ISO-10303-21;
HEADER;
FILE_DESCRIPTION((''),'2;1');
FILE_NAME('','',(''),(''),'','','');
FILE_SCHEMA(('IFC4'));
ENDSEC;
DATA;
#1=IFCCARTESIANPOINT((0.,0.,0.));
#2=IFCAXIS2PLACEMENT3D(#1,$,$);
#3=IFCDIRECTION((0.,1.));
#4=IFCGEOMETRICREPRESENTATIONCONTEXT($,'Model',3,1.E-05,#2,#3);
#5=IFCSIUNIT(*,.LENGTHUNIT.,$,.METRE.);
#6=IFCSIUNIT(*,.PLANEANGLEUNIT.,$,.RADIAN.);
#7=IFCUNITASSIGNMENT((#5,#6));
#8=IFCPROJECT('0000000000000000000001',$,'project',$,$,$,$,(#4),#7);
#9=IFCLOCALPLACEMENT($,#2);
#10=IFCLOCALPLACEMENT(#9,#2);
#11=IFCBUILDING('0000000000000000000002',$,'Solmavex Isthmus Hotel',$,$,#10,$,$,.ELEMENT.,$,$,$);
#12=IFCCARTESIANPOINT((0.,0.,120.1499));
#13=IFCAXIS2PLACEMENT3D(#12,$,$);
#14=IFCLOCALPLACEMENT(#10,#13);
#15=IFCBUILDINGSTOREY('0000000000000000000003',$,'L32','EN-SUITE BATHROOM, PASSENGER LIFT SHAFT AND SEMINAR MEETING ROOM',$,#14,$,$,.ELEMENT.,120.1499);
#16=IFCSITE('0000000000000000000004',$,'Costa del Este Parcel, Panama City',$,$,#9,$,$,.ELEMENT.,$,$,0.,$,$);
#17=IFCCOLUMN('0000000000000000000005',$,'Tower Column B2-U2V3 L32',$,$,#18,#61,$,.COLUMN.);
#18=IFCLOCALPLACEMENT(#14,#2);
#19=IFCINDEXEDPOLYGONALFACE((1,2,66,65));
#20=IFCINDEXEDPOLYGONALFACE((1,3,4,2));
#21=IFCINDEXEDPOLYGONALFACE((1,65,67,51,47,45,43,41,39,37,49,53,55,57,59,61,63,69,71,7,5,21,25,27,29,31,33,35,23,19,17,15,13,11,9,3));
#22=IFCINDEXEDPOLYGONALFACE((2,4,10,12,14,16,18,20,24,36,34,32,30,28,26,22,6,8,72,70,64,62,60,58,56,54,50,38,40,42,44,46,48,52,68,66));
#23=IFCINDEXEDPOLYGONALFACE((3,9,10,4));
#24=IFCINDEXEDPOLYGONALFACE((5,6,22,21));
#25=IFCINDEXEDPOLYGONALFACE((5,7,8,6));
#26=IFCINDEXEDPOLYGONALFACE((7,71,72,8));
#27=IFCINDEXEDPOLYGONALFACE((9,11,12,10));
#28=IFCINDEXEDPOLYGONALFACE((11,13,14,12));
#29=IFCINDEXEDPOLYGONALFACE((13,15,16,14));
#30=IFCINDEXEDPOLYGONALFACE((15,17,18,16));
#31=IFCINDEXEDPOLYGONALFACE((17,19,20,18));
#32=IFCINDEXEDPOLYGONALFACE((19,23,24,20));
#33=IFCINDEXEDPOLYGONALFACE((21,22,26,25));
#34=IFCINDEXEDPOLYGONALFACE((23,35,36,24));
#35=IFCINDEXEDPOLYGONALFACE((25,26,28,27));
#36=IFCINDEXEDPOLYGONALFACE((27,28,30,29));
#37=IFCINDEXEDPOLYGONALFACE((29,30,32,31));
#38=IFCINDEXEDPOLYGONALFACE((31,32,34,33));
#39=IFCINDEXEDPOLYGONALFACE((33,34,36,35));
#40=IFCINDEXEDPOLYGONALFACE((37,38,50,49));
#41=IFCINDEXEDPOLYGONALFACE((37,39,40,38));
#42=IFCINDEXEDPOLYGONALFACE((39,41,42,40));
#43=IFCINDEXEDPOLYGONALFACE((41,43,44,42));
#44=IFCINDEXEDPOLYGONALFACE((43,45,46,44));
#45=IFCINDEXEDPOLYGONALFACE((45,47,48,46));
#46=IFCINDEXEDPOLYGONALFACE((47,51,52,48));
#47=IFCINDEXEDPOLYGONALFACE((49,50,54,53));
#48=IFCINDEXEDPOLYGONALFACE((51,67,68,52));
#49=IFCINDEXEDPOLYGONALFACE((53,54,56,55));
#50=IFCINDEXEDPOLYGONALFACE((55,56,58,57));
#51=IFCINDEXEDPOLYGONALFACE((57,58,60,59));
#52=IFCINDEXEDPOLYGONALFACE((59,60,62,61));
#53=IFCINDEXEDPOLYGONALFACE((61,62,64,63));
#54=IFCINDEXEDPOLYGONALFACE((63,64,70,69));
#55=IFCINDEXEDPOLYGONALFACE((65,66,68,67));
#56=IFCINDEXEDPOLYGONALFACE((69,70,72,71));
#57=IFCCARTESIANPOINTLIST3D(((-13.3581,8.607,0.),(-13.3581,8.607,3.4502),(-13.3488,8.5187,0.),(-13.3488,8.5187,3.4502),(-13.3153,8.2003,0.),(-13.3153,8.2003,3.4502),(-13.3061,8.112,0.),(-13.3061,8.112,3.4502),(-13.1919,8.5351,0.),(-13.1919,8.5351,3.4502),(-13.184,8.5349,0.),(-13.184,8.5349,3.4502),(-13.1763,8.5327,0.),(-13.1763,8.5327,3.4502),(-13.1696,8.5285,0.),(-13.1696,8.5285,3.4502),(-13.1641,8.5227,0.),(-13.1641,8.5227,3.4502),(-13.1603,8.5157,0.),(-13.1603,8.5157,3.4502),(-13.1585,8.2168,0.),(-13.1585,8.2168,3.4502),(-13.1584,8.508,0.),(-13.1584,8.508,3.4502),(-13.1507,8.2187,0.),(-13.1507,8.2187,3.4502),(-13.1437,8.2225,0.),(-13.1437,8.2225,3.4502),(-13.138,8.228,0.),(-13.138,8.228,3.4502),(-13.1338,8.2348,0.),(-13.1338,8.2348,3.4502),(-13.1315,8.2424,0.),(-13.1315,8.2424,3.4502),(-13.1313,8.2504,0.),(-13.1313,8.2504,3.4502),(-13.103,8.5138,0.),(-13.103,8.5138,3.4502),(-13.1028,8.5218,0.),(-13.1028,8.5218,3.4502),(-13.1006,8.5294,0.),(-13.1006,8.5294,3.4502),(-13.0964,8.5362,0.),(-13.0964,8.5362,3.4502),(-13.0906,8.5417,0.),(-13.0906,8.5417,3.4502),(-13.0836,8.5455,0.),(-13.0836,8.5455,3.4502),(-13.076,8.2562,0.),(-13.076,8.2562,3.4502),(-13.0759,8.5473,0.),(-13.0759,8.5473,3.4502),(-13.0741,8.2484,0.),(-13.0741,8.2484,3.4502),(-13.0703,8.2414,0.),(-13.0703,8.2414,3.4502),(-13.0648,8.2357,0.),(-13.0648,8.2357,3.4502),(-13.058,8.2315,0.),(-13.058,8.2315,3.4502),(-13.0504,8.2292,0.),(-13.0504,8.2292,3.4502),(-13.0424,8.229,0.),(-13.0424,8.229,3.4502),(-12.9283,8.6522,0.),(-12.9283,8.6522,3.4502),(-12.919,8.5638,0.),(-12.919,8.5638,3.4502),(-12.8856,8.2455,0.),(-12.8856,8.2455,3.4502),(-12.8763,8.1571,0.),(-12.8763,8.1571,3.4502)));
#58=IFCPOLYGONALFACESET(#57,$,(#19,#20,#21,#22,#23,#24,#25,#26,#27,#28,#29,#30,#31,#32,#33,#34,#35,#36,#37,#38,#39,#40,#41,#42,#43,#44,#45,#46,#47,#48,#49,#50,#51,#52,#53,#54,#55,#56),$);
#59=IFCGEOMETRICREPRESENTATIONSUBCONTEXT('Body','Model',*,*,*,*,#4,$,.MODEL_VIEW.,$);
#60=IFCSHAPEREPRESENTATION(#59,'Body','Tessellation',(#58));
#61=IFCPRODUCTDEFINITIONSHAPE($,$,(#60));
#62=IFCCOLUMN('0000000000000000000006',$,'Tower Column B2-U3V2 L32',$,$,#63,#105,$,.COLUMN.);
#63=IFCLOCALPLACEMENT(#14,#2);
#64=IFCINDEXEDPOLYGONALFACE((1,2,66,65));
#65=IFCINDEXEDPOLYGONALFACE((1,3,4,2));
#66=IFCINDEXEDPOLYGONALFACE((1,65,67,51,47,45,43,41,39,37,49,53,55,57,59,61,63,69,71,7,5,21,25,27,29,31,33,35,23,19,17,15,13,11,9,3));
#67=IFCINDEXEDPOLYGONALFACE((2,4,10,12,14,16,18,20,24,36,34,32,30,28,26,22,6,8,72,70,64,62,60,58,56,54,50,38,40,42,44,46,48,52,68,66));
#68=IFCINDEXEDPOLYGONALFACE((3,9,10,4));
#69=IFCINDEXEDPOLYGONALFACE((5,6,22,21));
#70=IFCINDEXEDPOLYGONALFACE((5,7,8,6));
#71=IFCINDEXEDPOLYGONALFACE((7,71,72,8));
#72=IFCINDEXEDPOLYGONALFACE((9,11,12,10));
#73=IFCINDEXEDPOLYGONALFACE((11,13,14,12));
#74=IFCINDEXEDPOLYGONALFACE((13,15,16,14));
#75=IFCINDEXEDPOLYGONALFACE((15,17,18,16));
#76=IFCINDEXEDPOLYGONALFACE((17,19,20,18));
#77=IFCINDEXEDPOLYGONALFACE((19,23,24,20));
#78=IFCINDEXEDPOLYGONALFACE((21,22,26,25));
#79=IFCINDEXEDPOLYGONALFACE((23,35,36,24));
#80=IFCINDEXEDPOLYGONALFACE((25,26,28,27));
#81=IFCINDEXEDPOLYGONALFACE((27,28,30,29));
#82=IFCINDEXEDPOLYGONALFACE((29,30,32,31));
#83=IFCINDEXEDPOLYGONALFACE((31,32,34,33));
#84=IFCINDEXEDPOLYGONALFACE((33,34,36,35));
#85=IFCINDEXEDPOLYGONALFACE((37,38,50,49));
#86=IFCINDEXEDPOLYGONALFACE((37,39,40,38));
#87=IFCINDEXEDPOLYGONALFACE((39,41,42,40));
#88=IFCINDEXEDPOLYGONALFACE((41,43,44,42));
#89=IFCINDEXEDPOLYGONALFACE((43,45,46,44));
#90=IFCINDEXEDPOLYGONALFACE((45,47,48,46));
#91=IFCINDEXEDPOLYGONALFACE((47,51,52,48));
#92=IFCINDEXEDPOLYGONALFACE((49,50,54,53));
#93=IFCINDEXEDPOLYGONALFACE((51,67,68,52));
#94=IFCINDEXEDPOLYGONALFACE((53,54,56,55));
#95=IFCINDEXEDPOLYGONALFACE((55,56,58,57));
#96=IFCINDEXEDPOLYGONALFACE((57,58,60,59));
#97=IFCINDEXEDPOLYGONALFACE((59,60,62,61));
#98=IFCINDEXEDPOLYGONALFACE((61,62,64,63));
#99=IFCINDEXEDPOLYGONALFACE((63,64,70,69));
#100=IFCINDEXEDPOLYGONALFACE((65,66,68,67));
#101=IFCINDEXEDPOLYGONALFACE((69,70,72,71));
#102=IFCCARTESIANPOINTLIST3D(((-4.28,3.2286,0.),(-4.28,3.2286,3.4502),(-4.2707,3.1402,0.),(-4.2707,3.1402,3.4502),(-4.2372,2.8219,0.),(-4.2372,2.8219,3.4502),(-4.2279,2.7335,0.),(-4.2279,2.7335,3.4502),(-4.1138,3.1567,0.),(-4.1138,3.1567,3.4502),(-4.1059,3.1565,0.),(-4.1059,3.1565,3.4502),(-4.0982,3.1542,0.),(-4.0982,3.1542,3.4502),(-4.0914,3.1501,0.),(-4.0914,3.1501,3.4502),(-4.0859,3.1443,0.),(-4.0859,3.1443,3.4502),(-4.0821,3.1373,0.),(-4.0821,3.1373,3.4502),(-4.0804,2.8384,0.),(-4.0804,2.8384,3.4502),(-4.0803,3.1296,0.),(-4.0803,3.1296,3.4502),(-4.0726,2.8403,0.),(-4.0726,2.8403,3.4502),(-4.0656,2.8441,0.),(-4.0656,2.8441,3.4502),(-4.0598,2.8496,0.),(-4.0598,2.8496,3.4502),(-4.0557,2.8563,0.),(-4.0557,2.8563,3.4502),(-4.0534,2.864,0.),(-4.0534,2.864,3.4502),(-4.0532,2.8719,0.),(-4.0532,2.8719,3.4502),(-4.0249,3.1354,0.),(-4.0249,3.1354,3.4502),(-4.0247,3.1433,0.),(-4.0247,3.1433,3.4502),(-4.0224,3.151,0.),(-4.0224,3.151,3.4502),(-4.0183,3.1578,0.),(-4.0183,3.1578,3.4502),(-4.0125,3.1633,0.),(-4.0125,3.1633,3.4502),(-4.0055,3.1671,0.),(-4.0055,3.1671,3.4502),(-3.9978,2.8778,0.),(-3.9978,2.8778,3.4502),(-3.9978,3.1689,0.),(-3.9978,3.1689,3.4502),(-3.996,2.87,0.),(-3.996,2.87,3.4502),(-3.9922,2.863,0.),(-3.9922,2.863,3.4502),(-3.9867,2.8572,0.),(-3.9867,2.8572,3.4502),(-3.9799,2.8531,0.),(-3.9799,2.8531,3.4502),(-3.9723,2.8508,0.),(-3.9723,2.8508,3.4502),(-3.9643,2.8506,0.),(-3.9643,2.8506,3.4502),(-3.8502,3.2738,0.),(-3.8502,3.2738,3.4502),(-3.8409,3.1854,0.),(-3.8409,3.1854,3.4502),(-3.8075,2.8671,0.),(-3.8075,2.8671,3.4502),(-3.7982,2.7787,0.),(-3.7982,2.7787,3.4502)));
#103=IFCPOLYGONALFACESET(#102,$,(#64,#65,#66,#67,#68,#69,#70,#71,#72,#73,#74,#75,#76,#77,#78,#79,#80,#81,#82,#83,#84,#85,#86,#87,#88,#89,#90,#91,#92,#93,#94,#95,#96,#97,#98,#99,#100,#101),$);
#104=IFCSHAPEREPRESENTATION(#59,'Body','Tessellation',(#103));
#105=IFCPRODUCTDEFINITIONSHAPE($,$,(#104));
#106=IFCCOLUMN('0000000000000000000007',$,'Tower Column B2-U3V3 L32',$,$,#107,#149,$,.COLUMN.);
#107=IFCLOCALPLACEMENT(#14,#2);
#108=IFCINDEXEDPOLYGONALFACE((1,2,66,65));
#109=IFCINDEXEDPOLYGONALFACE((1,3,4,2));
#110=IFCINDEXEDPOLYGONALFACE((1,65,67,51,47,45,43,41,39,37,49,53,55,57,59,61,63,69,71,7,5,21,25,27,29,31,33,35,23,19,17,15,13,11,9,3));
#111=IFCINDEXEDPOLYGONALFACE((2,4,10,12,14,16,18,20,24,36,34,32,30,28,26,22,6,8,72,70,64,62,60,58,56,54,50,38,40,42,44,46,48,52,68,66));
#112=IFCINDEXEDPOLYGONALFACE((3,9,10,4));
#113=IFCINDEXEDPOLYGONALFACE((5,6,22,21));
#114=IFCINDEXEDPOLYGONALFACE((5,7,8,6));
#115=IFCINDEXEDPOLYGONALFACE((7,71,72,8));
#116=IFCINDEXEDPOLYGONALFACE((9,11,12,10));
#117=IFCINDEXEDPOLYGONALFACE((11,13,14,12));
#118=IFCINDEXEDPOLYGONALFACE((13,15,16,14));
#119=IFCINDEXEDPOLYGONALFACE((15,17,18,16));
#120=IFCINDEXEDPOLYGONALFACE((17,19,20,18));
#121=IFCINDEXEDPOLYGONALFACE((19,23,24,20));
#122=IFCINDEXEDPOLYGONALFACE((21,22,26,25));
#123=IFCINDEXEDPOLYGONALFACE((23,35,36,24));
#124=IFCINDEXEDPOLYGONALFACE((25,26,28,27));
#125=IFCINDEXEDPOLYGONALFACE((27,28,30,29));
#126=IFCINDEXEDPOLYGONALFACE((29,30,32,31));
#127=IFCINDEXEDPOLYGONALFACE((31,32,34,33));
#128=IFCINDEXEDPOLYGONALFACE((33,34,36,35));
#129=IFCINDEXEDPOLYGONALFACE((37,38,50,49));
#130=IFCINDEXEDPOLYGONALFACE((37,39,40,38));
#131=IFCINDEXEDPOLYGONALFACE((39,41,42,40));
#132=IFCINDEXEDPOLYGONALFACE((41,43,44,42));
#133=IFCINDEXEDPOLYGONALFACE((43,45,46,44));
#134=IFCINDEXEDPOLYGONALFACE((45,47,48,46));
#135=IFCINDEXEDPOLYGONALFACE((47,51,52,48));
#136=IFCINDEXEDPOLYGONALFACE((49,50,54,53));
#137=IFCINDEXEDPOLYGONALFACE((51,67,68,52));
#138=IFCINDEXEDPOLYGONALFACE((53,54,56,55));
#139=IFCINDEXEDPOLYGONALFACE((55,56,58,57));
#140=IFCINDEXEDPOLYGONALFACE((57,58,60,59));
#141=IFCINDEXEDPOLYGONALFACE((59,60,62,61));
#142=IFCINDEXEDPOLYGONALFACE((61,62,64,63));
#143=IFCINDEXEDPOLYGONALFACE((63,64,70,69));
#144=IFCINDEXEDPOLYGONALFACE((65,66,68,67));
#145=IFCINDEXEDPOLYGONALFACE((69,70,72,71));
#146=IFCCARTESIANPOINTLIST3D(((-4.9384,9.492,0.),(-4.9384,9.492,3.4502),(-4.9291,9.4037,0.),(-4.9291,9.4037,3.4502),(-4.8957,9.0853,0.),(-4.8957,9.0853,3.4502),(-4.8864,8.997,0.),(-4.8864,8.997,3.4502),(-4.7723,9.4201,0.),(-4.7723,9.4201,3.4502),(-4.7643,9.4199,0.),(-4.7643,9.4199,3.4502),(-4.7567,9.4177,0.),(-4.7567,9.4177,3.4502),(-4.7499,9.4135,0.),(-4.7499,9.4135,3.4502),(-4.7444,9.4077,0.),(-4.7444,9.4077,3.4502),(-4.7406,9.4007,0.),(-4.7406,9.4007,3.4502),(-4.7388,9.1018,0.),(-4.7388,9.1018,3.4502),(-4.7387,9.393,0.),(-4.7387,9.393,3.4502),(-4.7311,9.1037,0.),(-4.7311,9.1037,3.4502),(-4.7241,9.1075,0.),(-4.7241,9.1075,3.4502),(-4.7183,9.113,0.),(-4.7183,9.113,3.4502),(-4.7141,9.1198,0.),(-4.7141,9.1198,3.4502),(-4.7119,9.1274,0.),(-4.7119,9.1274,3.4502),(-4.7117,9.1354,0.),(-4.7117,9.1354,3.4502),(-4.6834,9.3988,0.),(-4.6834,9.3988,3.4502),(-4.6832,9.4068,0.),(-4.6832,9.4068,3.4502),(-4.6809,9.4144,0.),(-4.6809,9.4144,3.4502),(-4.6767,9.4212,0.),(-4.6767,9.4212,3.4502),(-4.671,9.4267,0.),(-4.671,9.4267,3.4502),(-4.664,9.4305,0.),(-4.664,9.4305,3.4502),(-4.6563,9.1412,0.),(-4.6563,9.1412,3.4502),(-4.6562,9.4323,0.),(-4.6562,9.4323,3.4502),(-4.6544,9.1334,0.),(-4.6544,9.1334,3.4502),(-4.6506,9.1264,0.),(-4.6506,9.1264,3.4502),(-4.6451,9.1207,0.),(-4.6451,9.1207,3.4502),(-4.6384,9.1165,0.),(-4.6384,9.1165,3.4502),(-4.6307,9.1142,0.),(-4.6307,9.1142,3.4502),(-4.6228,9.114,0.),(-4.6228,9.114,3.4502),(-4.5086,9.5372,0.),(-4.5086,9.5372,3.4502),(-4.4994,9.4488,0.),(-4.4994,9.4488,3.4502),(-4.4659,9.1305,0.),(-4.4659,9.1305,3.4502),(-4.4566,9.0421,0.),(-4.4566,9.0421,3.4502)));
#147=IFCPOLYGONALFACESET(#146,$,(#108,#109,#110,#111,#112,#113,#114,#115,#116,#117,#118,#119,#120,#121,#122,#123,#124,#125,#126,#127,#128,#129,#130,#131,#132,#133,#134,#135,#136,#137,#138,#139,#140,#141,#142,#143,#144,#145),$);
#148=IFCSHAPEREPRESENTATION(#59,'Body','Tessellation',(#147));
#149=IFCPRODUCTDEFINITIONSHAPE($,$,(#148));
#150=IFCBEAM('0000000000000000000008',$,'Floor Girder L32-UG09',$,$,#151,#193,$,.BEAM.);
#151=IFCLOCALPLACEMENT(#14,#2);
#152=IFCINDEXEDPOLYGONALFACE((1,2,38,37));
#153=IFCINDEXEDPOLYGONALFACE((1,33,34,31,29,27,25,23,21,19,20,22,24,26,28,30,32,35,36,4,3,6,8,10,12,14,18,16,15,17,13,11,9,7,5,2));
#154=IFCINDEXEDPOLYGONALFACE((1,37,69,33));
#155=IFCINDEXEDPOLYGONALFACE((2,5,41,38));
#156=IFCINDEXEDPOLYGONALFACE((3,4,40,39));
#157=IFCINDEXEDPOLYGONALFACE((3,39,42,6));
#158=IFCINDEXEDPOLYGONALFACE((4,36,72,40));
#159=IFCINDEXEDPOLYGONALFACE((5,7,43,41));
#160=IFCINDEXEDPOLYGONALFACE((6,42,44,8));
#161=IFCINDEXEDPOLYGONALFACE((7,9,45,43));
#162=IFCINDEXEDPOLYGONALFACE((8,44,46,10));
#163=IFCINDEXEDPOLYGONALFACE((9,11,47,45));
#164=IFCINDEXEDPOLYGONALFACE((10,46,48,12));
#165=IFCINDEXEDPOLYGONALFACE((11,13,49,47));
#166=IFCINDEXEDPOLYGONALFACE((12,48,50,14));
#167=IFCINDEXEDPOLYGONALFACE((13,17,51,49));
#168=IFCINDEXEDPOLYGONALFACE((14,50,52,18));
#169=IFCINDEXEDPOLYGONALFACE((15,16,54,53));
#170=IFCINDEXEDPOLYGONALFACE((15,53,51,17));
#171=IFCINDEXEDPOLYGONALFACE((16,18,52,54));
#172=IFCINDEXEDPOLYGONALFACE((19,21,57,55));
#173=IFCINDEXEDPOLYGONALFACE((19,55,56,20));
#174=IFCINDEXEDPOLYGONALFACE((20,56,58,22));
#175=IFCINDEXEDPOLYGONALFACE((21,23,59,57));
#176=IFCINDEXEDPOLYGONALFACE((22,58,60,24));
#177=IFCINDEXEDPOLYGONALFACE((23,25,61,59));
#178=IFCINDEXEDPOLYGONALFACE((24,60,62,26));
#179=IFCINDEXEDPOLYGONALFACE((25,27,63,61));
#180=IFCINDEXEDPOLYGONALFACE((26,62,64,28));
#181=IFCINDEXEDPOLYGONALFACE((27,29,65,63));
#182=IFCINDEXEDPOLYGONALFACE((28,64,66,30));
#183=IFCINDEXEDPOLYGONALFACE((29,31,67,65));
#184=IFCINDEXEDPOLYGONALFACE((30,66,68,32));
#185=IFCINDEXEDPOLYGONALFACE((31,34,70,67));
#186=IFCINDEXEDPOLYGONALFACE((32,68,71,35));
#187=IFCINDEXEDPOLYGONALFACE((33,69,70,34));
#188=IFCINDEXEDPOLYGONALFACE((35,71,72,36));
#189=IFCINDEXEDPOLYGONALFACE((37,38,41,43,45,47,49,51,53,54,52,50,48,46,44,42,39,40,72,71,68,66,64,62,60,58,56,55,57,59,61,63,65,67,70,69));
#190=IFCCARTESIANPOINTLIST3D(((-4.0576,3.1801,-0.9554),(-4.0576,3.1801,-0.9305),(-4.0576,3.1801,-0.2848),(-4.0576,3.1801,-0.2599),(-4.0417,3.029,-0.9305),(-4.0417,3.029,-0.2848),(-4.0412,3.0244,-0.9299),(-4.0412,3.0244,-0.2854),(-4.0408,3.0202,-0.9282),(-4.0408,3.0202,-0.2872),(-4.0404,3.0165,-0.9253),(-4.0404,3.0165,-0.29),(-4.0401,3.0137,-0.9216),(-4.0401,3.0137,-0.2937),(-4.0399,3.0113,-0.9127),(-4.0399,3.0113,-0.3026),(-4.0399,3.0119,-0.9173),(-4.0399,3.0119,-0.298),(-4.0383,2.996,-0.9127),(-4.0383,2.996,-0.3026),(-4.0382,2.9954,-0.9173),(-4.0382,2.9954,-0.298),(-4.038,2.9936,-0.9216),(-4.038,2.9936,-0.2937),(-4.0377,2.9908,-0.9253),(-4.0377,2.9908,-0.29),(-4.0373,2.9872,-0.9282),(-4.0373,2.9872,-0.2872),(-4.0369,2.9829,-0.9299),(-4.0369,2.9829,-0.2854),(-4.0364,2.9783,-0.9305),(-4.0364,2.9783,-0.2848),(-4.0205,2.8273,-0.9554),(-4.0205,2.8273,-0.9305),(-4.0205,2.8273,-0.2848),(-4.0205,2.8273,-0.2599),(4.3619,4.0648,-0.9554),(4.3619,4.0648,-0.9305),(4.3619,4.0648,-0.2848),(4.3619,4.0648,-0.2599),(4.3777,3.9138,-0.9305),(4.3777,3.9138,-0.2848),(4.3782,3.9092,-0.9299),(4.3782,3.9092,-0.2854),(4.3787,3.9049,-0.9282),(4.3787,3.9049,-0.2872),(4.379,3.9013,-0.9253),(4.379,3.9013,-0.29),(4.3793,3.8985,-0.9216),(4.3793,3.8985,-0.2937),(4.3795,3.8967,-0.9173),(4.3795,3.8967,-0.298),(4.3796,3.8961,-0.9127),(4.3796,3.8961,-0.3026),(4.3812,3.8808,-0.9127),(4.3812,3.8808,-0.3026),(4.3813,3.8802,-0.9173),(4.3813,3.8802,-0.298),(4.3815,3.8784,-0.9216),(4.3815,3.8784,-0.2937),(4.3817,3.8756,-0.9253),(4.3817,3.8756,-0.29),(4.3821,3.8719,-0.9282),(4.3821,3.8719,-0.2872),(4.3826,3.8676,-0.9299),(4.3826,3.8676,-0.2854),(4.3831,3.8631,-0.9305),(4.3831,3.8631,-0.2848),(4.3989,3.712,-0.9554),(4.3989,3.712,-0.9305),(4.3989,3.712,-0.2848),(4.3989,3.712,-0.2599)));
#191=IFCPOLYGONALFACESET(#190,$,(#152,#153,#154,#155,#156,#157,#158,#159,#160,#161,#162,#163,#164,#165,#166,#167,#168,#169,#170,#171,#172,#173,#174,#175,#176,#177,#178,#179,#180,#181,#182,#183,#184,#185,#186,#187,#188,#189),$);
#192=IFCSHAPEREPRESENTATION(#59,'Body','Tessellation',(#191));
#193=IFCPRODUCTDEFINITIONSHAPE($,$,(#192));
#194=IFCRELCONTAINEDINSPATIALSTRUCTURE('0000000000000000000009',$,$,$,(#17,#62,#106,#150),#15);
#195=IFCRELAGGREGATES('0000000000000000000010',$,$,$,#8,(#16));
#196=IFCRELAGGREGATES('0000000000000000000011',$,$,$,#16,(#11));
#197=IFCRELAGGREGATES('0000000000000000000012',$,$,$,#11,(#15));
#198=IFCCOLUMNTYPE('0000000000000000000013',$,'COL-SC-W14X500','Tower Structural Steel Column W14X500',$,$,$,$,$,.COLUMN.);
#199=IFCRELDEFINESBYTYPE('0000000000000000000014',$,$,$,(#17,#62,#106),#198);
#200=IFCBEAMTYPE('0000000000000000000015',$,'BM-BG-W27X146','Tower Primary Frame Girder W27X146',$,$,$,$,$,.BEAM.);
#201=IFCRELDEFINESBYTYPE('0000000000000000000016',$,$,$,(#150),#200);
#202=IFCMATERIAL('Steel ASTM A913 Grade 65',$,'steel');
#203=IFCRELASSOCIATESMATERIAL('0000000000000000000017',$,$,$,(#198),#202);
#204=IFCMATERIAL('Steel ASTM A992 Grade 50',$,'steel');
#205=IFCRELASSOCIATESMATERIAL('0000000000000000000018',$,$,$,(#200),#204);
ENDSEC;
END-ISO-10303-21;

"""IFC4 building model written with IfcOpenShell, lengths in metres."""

from ifc_helpers import new_model, si_unit, direction, frame, origin, origin_2d, place, context, subcontext, project, spatial, i_section, extrude, material, material_profile, profile_set, type_object, element, save


model = new_model("IFC4")

# Units and contexts
model_context = context("Model", 3, precision=1e-05, world=origin(), true_north=direction((0.0, 1.0)))
body_context = subcontext(model_context, "Body", "Model", "MODEL_VIEW")
ifc_project = project(units=[si_unit("LENGTHUNIT", "METRE"), si_unit("PLANEANGLEUNIT", "RADIAN")], contexts=[model_context])

# Site, building, storey
site_placement = place(None, origin())
site = spatial("IfcSite", under=ifc_project, at=site_placement, Name="Costa del Este Parcel, Panama City", CompositionType="ELEMENT", RefElevation=0.0)
building_placement = place(site_placement, origin())
building = spatial("IfcBuilding", under=site, at=building_placement, Name="Solmavex Isthmus Hotel", CompositionType="ELEMENT")
storey_placement = place(building_placement, frame((0.0, 0.0, 120.1499)))
storey = spatial("IfcBuildingStorey", under=building, at=storey_placement, Name="L32", Description="EN-SUITE BATHROOM, PASSENGER LIFT SHAFT AND SEMINAR MEETING ROOM", CompositionType="ELEMENT", Elevation=120.1499)

# Columns
ifc_material_1 = material(Name="Steel ASTM A913 Grade 65", Category="steel")
ifc_material_profile_1 = material_profile(ifc_material_1, i_section(OverallWidth=0.4321, OverallDepth=0.4978, WebThickness=0.0557, FlangeThickness=0.0889, FilletRadius=0.0305, at=origin_2d()), Name="W14X500")
ifc_profile_set_1 = profile_set([ifc_material_profile_1], Name="Steel ASTM A913 Grade 65")
column_type = type_object("IfcColumnType", Name="COL-SC-W14X500", Description="Tower Structural Steel Column W14X500", PredefinedType="COLUMN", material=ifc_profile_set_1)
for number, where, z_axis, x_axis, name in (
    (1, (-13.1172, 8.3821, 0.0), (0.0, 0.0, 1.0), (0.994522, 0.104528, 0.0), "Tower Column B2-U2V3 L32"),
    (2, (-4.0391, 3.0037, 0.0), (0.0, 0.0, 1.0), (0.994522, 0.104528, 0.0), "Tower Column B2-U3V2 L32"),
    (3, (-4.6975, 9.2671, 0.0), (0.0, 0.0, 1.0), (0.994522, 0.104528, 0.0), "Tower Column B2-U3V3 L32"),
):
    element("IfcColumn", number, at=place(storey_placement, frame(where, z_axis=z_axis, x_axis=x_axis)), inside=storey, type_object=column_type, Name=name, PredefinedType="COLUMN", context=body_context, shape_type="SweptSolid", body=[
        extrude(i_section(OverallWidth=0.4321, OverallDepth=0.4978, WebThickness=0.0557, FlangeThickness=0.0889, FilletRadius=0.0305, at=origin_2d()), origin(), (0.0, 0.0, 1.0), 3.4502),
    ])

# Beam
ifc_material_2 = material(Name="Steel ASTM A992 Grade 50", Category="steel")
ifc_material_profile_2 = material_profile(ifc_material_2, i_section(OverallWidth=0.3547, OverallDepth=0.6956, WebThickness=0.0154, FlangeThickness=0.0249, FilletRadius=0.0178, at=origin_2d()), Name="W27X146")
ifc_profile_set_2 = profile_set([ifc_material_profile_2], Name="Steel ASTM A992 Grade 50")
beam_type_1 = type_object("IfcBeamType", Name="BM-BG-W27X146", Description="Tower Primary Frame Girder W27X146", PredefinedType="BEAM", material=ifc_profile_set_2)
beam_1_placement = place(storey_placement, frame((-4.0391, 3.0037, -0.6077), z_axis=(0.994524, 0.104511, 0.0), x_axis=(-0.104511, 0.994524, 0.0)))
element("IfcBeam", 4, at=beam_1_placement, inside=storey, type_object=beam_type_1, Name="Floor Girder L32-UG09", PredefinedType="BEAM", context=body_context, shape_type="SweptSolid", body=[
    extrude(i_section(OverallWidth=0.3547, OverallDepth=0.6956, WebThickness=0.0154, FlangeThickness=0.0249, FilletRadius=0.0178, at=origin_2d()), origin(), (0.0, 0.0, 1.0), 8.4658),
])

save(model, "model.ifc")
